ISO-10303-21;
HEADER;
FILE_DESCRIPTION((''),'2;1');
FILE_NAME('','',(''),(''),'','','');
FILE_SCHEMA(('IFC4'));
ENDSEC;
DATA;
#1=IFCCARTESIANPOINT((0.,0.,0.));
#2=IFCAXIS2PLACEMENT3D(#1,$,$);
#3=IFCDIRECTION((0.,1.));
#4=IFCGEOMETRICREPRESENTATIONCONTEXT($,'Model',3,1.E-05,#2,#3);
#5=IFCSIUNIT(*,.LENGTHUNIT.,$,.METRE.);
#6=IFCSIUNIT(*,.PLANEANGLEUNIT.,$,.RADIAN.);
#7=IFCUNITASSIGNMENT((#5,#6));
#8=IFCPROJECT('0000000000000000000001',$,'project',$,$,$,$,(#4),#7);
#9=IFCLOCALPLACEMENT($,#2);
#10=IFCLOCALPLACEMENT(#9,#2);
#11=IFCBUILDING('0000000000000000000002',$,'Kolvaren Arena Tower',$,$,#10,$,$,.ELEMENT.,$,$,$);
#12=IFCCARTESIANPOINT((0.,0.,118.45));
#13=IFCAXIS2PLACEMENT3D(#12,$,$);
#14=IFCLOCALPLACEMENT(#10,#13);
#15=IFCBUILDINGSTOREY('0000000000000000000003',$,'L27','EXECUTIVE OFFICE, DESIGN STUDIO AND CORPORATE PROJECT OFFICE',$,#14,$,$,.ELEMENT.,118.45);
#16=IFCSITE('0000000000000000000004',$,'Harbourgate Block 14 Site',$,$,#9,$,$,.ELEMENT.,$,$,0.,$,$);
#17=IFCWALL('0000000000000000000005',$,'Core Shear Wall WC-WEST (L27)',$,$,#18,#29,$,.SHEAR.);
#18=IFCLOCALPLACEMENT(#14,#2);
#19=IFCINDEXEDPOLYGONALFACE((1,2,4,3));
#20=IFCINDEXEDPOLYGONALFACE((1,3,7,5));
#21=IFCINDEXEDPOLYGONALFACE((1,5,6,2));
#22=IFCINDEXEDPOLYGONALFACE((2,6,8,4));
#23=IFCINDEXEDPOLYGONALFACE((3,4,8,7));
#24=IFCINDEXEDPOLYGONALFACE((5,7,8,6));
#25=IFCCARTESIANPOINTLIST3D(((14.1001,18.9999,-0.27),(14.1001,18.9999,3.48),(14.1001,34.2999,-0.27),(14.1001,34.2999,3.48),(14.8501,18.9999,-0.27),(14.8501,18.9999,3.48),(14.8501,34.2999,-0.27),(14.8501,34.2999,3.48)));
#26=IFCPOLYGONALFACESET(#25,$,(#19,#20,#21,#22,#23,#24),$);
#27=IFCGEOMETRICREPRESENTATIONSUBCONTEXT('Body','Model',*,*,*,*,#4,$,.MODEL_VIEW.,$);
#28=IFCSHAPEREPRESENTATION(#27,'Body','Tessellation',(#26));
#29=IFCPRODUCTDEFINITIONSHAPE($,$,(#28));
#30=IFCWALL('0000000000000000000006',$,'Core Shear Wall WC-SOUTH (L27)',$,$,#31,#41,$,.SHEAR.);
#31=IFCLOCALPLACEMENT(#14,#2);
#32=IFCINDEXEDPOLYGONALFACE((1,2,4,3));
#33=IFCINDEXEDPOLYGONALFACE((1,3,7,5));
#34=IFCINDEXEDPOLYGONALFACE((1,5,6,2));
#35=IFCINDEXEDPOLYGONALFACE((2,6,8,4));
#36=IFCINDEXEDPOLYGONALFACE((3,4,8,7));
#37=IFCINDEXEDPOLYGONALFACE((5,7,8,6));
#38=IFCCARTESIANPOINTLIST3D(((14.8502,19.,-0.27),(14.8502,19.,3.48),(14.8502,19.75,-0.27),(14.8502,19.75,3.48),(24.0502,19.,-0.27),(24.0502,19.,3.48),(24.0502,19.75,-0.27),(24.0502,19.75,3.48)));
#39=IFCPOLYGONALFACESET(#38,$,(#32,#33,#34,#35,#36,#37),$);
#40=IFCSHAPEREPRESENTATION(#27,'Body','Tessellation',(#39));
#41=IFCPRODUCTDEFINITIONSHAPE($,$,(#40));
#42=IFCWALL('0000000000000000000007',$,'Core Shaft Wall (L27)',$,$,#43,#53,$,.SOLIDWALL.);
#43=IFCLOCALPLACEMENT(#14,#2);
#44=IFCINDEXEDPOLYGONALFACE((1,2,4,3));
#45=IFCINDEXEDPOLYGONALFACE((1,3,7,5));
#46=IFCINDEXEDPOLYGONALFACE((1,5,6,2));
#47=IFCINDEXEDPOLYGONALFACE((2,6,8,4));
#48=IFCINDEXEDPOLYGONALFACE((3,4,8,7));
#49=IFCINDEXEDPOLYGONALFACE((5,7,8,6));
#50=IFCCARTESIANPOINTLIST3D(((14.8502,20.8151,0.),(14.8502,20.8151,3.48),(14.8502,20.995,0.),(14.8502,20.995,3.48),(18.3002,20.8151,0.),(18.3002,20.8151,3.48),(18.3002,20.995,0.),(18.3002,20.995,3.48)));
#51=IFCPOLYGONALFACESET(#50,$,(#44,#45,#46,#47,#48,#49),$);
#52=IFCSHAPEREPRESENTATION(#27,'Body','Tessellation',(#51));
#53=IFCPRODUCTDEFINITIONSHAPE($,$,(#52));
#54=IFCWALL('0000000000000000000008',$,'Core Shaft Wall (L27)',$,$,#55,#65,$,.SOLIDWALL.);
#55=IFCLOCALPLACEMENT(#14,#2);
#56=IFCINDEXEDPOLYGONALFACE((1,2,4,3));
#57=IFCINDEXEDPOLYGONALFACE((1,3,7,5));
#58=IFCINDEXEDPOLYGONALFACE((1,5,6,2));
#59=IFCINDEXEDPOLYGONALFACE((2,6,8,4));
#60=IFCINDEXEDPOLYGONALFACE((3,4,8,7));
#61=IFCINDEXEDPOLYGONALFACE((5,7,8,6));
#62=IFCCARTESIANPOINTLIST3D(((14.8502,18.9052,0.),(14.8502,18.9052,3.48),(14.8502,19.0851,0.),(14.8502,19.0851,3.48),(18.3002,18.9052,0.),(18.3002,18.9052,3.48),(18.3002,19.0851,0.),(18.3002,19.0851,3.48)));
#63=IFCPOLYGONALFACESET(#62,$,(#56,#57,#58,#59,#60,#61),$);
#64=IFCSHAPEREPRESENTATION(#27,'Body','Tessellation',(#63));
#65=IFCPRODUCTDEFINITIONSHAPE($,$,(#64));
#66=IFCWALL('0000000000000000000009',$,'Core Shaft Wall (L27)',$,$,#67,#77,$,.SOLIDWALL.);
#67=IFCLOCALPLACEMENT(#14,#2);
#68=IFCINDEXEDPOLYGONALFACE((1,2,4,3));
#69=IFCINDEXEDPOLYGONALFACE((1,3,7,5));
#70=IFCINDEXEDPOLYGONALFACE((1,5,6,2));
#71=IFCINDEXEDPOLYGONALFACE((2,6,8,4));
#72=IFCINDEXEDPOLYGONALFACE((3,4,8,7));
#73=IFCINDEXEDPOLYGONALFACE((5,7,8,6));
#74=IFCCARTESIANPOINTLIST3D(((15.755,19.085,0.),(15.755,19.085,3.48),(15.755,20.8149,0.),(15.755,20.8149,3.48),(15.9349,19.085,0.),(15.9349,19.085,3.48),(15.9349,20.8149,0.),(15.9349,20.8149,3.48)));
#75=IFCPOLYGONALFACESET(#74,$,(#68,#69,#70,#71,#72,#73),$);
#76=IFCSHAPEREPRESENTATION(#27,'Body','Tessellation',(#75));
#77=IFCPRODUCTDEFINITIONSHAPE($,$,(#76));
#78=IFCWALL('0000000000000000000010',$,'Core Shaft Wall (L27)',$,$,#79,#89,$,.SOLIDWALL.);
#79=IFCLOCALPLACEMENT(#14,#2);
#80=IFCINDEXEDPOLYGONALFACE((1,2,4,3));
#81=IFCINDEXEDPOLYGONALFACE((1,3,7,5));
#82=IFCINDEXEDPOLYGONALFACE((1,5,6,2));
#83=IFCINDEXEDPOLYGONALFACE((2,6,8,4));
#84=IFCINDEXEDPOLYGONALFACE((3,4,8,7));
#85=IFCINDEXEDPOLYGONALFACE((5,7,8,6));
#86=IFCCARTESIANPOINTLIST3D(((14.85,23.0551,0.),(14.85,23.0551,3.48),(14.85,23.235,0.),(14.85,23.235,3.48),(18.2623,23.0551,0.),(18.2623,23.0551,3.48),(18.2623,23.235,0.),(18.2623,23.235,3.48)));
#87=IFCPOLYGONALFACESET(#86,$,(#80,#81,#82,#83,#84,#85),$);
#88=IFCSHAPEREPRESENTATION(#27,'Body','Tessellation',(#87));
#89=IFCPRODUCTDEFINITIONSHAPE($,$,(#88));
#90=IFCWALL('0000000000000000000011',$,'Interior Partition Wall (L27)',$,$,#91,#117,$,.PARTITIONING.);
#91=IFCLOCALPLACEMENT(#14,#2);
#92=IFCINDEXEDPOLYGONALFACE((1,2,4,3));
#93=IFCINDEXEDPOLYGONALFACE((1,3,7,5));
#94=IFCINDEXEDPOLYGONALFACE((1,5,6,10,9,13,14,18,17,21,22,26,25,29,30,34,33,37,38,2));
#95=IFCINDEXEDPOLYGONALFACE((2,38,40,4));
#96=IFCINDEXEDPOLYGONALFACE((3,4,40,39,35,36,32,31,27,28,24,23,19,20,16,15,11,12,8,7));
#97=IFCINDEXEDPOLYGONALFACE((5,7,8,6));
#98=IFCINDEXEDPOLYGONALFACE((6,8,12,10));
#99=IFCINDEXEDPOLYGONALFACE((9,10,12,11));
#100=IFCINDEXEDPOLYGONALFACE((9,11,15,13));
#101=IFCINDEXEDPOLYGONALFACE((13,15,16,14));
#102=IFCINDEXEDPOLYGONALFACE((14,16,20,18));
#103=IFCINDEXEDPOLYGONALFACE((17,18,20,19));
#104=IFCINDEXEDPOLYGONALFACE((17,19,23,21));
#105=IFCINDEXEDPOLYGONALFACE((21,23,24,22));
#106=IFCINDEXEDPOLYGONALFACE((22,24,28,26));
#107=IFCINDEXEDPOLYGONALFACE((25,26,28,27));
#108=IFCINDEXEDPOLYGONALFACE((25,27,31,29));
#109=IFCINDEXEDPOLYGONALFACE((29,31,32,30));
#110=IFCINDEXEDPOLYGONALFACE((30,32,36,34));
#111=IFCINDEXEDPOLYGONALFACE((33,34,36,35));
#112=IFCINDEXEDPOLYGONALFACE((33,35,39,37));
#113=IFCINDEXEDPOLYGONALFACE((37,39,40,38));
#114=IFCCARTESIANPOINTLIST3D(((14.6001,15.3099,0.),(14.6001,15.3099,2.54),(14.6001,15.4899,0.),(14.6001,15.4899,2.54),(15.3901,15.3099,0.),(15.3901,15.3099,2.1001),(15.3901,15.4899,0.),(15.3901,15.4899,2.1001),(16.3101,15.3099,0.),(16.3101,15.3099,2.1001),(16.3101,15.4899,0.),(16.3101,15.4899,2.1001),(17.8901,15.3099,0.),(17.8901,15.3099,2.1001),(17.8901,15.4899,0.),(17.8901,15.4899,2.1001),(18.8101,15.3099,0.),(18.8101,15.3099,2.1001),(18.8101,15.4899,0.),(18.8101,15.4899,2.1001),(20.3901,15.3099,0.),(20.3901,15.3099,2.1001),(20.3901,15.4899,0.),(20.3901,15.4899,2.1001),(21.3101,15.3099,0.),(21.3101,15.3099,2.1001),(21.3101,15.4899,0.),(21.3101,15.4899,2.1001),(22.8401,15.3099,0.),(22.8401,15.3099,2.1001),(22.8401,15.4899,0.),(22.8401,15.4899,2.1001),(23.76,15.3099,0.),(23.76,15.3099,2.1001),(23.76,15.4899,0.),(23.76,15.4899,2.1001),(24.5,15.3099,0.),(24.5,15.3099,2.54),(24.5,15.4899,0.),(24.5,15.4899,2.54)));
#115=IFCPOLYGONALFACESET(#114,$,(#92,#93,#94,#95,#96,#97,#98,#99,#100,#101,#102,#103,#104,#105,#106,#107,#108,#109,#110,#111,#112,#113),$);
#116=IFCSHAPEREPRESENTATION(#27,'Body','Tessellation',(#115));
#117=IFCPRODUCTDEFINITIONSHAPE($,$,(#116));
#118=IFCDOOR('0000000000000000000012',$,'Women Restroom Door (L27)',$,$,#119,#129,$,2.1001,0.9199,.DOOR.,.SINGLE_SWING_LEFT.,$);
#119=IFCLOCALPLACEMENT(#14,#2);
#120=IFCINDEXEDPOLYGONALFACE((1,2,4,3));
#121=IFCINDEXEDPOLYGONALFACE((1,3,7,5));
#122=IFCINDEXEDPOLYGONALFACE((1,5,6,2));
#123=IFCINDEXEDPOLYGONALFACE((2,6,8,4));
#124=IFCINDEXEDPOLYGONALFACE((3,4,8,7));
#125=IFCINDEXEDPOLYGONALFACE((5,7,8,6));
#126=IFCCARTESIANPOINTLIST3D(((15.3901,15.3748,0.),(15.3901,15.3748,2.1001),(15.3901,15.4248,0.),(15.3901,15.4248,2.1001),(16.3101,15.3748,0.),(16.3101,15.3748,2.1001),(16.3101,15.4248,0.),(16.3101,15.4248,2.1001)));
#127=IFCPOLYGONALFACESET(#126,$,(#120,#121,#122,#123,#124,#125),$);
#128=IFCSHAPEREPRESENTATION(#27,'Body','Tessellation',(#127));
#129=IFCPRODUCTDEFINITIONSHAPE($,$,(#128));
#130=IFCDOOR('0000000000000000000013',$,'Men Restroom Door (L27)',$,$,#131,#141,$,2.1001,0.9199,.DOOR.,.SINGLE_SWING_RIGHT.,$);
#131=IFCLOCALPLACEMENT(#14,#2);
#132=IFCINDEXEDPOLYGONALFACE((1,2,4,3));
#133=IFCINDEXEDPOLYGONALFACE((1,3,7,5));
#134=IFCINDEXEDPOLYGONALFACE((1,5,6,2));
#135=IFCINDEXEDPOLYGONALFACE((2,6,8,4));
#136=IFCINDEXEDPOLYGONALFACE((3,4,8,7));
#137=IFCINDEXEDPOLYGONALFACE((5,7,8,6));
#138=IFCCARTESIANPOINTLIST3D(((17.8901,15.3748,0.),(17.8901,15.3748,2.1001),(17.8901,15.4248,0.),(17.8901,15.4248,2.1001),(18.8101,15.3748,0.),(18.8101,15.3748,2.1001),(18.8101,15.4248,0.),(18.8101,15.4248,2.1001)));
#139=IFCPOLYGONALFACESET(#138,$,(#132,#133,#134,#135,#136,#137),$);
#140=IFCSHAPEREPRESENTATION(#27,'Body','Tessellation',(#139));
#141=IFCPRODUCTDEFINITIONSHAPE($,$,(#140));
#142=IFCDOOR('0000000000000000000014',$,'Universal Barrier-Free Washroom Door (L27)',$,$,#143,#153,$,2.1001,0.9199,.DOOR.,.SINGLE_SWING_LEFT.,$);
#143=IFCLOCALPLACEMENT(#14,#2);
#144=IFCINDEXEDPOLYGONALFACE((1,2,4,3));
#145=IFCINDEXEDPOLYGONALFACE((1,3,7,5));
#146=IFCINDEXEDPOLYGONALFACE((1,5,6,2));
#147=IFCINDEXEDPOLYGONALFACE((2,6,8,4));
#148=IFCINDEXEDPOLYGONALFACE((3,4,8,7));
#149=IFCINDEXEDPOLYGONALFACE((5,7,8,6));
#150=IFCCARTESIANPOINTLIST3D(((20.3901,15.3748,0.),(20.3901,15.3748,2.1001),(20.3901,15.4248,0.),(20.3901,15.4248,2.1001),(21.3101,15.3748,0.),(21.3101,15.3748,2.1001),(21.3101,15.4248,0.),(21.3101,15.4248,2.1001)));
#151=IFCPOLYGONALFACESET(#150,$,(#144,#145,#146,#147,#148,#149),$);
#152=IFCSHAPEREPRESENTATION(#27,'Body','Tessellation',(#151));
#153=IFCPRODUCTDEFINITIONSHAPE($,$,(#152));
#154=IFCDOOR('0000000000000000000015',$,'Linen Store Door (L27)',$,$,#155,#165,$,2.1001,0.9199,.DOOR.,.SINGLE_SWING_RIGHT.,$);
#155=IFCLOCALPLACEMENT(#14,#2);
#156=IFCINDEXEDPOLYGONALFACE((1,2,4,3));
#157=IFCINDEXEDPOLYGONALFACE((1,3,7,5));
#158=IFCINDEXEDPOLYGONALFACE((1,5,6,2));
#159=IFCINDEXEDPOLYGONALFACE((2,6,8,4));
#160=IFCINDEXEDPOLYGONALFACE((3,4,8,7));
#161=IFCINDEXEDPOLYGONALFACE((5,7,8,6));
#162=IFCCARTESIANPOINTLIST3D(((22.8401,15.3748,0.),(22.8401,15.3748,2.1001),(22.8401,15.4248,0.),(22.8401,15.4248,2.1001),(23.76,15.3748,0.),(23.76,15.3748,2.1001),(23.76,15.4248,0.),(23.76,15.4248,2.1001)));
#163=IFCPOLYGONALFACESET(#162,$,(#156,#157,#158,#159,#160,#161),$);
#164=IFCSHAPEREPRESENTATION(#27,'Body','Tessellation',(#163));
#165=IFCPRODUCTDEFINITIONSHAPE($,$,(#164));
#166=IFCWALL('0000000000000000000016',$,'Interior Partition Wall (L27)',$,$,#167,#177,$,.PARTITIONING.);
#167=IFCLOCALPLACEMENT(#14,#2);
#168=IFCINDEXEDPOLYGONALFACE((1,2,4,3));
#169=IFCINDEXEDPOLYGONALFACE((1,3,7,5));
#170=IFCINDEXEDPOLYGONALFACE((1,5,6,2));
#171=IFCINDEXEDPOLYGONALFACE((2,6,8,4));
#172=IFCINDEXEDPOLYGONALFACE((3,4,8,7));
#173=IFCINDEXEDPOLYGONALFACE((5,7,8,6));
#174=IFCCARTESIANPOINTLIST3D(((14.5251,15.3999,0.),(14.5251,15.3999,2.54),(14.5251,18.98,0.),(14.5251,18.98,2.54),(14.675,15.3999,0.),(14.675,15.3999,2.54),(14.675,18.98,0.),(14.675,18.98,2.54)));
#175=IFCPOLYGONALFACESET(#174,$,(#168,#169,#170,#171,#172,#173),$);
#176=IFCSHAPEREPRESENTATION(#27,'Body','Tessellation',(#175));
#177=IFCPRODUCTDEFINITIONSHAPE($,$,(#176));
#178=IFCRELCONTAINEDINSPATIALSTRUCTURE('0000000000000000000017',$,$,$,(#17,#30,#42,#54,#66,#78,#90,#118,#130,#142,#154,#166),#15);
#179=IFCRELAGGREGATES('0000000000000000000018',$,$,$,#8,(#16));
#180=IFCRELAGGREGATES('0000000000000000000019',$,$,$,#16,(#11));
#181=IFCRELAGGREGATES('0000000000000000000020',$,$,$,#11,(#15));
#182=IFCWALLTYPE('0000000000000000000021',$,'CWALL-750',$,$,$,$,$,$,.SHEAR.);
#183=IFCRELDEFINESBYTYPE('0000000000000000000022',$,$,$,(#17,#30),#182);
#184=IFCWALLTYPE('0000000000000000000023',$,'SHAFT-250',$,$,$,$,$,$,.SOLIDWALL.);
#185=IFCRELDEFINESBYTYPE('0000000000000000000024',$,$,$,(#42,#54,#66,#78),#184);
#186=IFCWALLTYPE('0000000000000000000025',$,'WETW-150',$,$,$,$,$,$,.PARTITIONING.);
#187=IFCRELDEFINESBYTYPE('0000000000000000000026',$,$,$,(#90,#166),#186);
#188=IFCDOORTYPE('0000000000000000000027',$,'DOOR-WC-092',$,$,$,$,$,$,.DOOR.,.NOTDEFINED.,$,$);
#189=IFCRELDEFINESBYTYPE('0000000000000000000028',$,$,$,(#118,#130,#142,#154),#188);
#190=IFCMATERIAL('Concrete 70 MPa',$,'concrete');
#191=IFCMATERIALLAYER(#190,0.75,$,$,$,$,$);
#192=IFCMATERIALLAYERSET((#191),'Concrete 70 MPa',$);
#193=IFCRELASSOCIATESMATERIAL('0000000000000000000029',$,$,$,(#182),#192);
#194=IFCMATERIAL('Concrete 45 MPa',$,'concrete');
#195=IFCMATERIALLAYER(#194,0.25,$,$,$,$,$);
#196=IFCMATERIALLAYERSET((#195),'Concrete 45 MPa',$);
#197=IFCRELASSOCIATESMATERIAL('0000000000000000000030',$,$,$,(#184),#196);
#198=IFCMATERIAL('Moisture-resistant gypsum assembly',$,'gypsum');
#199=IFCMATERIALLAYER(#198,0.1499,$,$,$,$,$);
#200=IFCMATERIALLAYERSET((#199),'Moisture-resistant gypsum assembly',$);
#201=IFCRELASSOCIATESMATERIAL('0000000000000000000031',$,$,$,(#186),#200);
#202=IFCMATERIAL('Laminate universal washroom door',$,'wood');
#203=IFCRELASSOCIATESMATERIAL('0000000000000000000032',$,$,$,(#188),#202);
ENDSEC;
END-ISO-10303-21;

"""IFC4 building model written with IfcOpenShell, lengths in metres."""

from ifc_helpers import new_model, si_unit, direction, frame, frame_2d, origin, place, context, subcontext, project, spatial, rectangle, extrude, material, layer, layer_set, type_object, element, fill, save


model = new_model("IFC4")

# Units and contexts
model_context = context("Model", 3, precision=1e-05, world=origin(), true_north=direction((0.0, 1.0)))
body_context = subcontext(model_context, "Body", "Model", "MODEL_VIEW")
ifc_project = project(units=[si_unit("LENGTHUNIT", "METRE"), si_unit("PLANEANGLEUNIT", "RADIAN")], contexts=[model_context])

# Site, building, storey
site_placement = place(None, origin())
site = spatial("IfcSite", under=ifc_project, at=site_placement, Name="Harbourgate Block 14 Site", CompositionType="ELEMENT", RefElevation=0.0)
building_placement = place(site_placement, origin())
building = spatial("IfcBuilding", under=site, at=building_placement, Name="Kolvaren Arena Tower", CompositionType="ELEMENT")
storey_placement = place(building_placement, frame((0.0, 0.0, 118.45)))
storey = spatial("IfcBuildingStorey", under=building, at=storey_placement, Name="L27", Description="EXECUTIVE OFFICE, DESIGN STUDIO AND CORPORATE PROJECT OFFICE", CompositionType="ELEMENT", Elevation=118.45)

# Walls
ifc_material_1 = material(Name="Concrete 70 MPa", Category="concrete")
ifc_layer_1 = layer(ifc_material_1, 0.75)
ifc_layer_set_1 = layer_set([ifc_layer_1], Name="Concrete 70 MPa")
wall_type_1 = type_object("IfcWallType", Name="CWALL-750", PredefinedType="SHEAR", material=ifc_layer_set_1)
wall_1_placement = place(storey_placement, frame((14.4751, 19.0, -0.27), z_axis=(0.0, 0.0, 1.0), x_axis=(0.0, 1.0, 0.0)))
element("IfcWall", 1, at=wall_1_placement, inside=storey, type_object=wall_type_1, Name="Core Shear Wall WC-WEST (L27)", PredefinedType="SHEAR", context=body_context, shape_type="SweptSolid", body=[
    extrude(rectangle(XDim=15.3, YDim=0.75, at=frame_2d((7.6499, 0.0))), origin(), (0.0, 0.0, 1.0), 3.75),
])
wall_2_placement = place(storey_placement, frame((14.8501, 19.375, -0.27), z_axis=(0.0, 0.0, 1.0), x_axis=(1.0, 0.0, 0.0)))
element("IfcWall", 2, at=wall_2_placement, inside=storey, type_object=wall_type_1, Name="Core Shear Wall WC-SOUTH (L27)", PredefinedType="SHEAR", context=body_context, shape_type="SweptSolid", body=[
    extrude(rectangle(XDim=9.2, YDim=0.75, at=frame_2d((4.6001, 0.0))), origin(), (0.0, 0.0, 1.0), 3.75),
])
ifc_material_2 = material(Name="Concrete 45 MPa", Category="concrete")
ifc_layer_2 = layer(ifc_material_2, 0.25)
ifc_layer_set_2 = layer_set([ifc_layer_2], Name="Concrete 45 MPa")
wall_type_2 = type_object("IfcWallType", Name="SHAFT-250", PredefinedType="SOLIDWALL", material=ifc_layer_set_2)
for number, where, z_axis, x_axis, name in (
    (3, (14.8501, 20.905, 0.0), (0.0, 0.0, 1.0), (1.0, 0.0, 0.0), "Core Shaft Wall (L27)"),
    (4, (14.8501, 18.9951, 0.0), (0.0, 0.0, 1.0), (1.0, 0.0, 0.0), "Core Shaft Wall (L27)"),
):
    element("IfcWall", number, at=place(storey_placement, frame(where, z_axis=z_axis, x_axis=x_axis)), inside=storey, type_object=wall_type_2, Name=name, PredefinedType="SOLIDWALL", context=body_context, shape_type="SweptSolid", body=[
        extrude(rectangle(XDim=3.45, YDim=0.1799, at=frame_2d((1.7251, 0.0))), origin(), (0.0, 0.0, 1.0), 3.48),
    ])
wall_3_placement = place(storey_placement, frame((15.845, 19.085, 0.0), z_axis=(0.0, 0.0, 1.0), x_axis=(0.0, 1.0, 0.0)))
element("IfcWall", 5, at=wall_3_placement, inside=storey, type_object=wall_type_2, Name="Core Shaft Wall (L27)", PredefinedType="SOLIDWALL", context=body_context, shape_type="SweptSolid", body=[
    extrude(rectangle(XDim=1.73, YDim=0.1799, at=frame_2d((0.865, 0.0))), origin(), (0.0, 0.0, 1.0), 3.48),
])
wall_4_placement = place(storey_placement, frame((14.8501, 23.145, 0.0), z_axis=(0.0, 0.0, 1.0), x_axis=(1.0, 0.0, 0.0)))
element("IfcWall", 6, at=wall_4_placement, inside=storey, type_object=wall_type_2, Name="Core Shaft Wall (L27)", PredefinedType="SOLIDWALL", context=body_context, shape_type="SweptSolid", body=[
    extrude(rectangle(XDim=3.4124, YDim=0.1799, at=frame_2d((1.7061, 0.0))), origin(), (0.0, 0.0, 1.0), 3.48),
])

# Wall, openings, doors
ifc_material_3 = material(Name="Moisture-resistant gypsum assembly", Category="gypsum")
ifc_layer_3 = layer(ifc_material_3, 0.1499)
ifc_layer_set_3 = layer_set([ifc_layer_3], Name="Moisture-resistant gypsum assembly")
wall_type_3 = type_object("IfcWallType", Name="WETW-150", PredefinedType="PARTITIONING", material=ifc_layer_set_3)
wall_5_placement = place(storey_placement, frame((14.6001, 15.3999, 0.0), z_axis=(0.0, 0.0, 1.0), x_axis=(1.0, 0.0, 0.0)))
wall_5 = element("IfcWall", 7, at=wall_5_placement, inside=storey, type_object=wall_type_3, Name="Interior Partition Wall (L27)", PredefinedType="PARTITIONING", context=body_context, shape_type="SweptSolid", body=[
    extrude(rectangle(XDim=9.8999, YDim=0.1799, at=frame_2d((4.95, 0.0))), origin(), (0.0, 0.0, 1.0), 2.54),
])
opening_1_placement = place(wall_5_placement, frame((0.79, 0.0, 0.0)))
opening_1 = element("IfcOpeningElement", 8, at=opening_1_placement, cuts=wall_5, PredefinedType="OPENING", context=body_context, shape_type="SweptSolid", body=[
    extrude(rectangle(XDim=0.9199, YDim=2.1001, at=frame_2d((0.46, 1.05))), frame((0.0, 0.0999, 0.0), z_axis=(0.0, -1.0, 0.0), x_axis=(1.0, 0.0, 0.0)), (0.0, 0.0, 1.0), 0.2),
])
opening_2_placement = place(wall_5_placement, frame((3.29, 0.0, 0.0)))
opening_2 = element("IfcOpeningElement", 9, at=opening_2_placement, cuts=wall_5, PredefinedType="OPENING", context=body_context, shape_type="SweptSolid", body=[
    extrude(rectangle(XDim=0.9199, YDim=2.1001, at=frame_2d((0.46, 1.05))), frame((0.0, 0.0999, 0.0), z_axis=(0.0, -1.0, 0.0), x_axis=(1.0, 0.0, 0.0)), (0.0, 0.0, 1.0), 0.2),
])
opening_3_placement = place(wall_5_placement, frame((5.79, 0.0, 0.0)))
opening_3 = element("IfcOpeningElement", 10, at=opening_3_placement, cuts=wall_5, PredefinedType="OPENING", context=body_context, shape_type="SweptSolid", body=[
    extrude(rectangle(XDim=0.9199, YDim=2.1001, at=frame_2d((0.46, 1.05))), frame((0.0, 0.0999, 0.0), z_axis=(0.0, -1.0, 0.0), x_axis=(1.0, 0.0, 0.0)), (0.0, 0.0, 1.0), 0.2),
])
opening_4_placement = place(wall_5_placement, frame((8.24, 0.0, 0.0)))
opening_4 = element("IfcOpeningElement", 11, at=opening_4_placement, cuts=wall_5, PredefinedType="OPENING", context=body_context, shape_type="SweptSolid", body=[
    extrude(rectangle(XDim=0.9199, YDim=2.1001, at=frame_2d((0.46, 1.05))), frame((0.0, 0.0999, 0.0), z_axis=(0.0, -1.0, 0.0), x_axis=(1.0, 0.0, 0.0)), (0.0, 0.0, 1.0), 0.2),
])
ifc_material_4 = material(Name="Laminate universal washroom door", Category="wood")
door_type_1 = type_object("IfcDoorType", Name="DOOR-WC-092", OperationType="NOTDEFINED", PredefinedType="DOOR", material=ifc_material_4)
door_1_placement = place(opening_1_placement, origin())
door_1 = element("IfcDoor", 12, at=door_1_placement, inside=storey, type_object=door_type_1, Name="Women Restroom Door (L27)", OperationType="SINGLE_SWING_LEFT", OverallHeight=2.1001, OverallWidth=0.9199, PredefinedType="DOOR", context=body_context, shape_type="SweptSolid", body=[
    extrude(rectangle(XDim=0.9199, YDim=2.1001, at=frame_2d((0.46, 1.05))), frame((0.0, 0.0249, 0.0), z_axis=(0.0, -1.0, 0.0), x_axis=(1.0, 0.0, 0.0)), (0.0, 0.0, 1.0), 0.05),
])
fill(opening_1, door_1)
door_2_placement = place(opening_2_placement, origin())
door_2 = element("IfcDoor", 13, at=door_2_placement, inside=storey, type_object=door_type_1, Name="Men Restroom Door (L27)", OperationType="SINGLE_SWING_RIGHT", OverallHeight=2.1001, OverallWidth=0.9199, PredefinedType="DOOR", context=body_context, shape_type="SweptSolid", body=[
    extrude(rectangle(XDim=0.9199, YDim=2.1001, at=frame_2d((0.46, 1.05))), frame((0.0, 0.0249, 0.0), z_axis=(0.0, -1.0, 0.0), x_axis=(1.0, 0.0, 0.0)), (0.0, 0.0, 1.0), 0.05),
])
fill(opening_2, door_2)
door_3_placement = place(opening_3_placement, origin())
door_3 = element("IfcDoor", 14, at=door_3_placement, inside=storey, type_object=door_type_1, Name="Universal Barrier-Free Washroom Door (L27)", OperationType="SINGLE_SWING_LEFT", OverallHeight=2.1001, OverallWidth=0.9199, PredefinedType="DOOR", context=body_context, shape_type="SweptSolid", body=[
    extrude(rectangle(XDim=0.9199, YDim=2.1001, at=frame_2d((0.46, 1.05))), frame((0.0, 0.0249, 0.0), z_axis=(0.0, -1.0, 0.0), x_axis=(1.0, 0.0, 0.0)), (0.0, 0.0, 1.0), 0.05),
])
fill(opening_3, door_3)
door_4_placement = place(opening_4_placement, origin())
door_4 = element("IfcDoor", 15, at=door_4_placement, inside=storey, type_object=door_type_1, Name="Linen Store Door (L27)", OperationType="SINGLE_SWING_RIGHT", OverallHeight=2.1001, OverallWidth=0.9199, PredefinedType="DOOR", context=body_context, shape_type="SweptSolid", body=[
    extrude(rectangle(XDim=0.9199, YDim=2.1001, at=frame_2d((0.46, 1.05))), frame((0.0, 0.0249, 0.0), z_axis=(0.0, -1.0, 0.0), x_axis=(1.0, 0.0, 0.0)), (0.0, 0.0, 1.0), 0.05),
])
fill(opening_4, door_4)

# Wall
wall_6_placement = place(storey_placement, frame((14.6001, 15.3999, 0.0), z_axis=(0.0, 0.0, 1.0), x_axis=(0.0, 1.0, 0.0)))
element("IfcWall", 16, at=wall_6_placement, inside=storey, type_object=wall_type_3, Name="Interior Partition Wall (L27)", PredefinedType="PARTITIONING", context=body_context, shape_type="SweptSolid", body=[
    extrude(rectangle(XDim=3.5801, YDim=0.1499, at=frame_2d((1.79, 0.0))), origin(), (0.0, 0.0, 1.0), 2.54),
])

save(model, "model.ifc")
